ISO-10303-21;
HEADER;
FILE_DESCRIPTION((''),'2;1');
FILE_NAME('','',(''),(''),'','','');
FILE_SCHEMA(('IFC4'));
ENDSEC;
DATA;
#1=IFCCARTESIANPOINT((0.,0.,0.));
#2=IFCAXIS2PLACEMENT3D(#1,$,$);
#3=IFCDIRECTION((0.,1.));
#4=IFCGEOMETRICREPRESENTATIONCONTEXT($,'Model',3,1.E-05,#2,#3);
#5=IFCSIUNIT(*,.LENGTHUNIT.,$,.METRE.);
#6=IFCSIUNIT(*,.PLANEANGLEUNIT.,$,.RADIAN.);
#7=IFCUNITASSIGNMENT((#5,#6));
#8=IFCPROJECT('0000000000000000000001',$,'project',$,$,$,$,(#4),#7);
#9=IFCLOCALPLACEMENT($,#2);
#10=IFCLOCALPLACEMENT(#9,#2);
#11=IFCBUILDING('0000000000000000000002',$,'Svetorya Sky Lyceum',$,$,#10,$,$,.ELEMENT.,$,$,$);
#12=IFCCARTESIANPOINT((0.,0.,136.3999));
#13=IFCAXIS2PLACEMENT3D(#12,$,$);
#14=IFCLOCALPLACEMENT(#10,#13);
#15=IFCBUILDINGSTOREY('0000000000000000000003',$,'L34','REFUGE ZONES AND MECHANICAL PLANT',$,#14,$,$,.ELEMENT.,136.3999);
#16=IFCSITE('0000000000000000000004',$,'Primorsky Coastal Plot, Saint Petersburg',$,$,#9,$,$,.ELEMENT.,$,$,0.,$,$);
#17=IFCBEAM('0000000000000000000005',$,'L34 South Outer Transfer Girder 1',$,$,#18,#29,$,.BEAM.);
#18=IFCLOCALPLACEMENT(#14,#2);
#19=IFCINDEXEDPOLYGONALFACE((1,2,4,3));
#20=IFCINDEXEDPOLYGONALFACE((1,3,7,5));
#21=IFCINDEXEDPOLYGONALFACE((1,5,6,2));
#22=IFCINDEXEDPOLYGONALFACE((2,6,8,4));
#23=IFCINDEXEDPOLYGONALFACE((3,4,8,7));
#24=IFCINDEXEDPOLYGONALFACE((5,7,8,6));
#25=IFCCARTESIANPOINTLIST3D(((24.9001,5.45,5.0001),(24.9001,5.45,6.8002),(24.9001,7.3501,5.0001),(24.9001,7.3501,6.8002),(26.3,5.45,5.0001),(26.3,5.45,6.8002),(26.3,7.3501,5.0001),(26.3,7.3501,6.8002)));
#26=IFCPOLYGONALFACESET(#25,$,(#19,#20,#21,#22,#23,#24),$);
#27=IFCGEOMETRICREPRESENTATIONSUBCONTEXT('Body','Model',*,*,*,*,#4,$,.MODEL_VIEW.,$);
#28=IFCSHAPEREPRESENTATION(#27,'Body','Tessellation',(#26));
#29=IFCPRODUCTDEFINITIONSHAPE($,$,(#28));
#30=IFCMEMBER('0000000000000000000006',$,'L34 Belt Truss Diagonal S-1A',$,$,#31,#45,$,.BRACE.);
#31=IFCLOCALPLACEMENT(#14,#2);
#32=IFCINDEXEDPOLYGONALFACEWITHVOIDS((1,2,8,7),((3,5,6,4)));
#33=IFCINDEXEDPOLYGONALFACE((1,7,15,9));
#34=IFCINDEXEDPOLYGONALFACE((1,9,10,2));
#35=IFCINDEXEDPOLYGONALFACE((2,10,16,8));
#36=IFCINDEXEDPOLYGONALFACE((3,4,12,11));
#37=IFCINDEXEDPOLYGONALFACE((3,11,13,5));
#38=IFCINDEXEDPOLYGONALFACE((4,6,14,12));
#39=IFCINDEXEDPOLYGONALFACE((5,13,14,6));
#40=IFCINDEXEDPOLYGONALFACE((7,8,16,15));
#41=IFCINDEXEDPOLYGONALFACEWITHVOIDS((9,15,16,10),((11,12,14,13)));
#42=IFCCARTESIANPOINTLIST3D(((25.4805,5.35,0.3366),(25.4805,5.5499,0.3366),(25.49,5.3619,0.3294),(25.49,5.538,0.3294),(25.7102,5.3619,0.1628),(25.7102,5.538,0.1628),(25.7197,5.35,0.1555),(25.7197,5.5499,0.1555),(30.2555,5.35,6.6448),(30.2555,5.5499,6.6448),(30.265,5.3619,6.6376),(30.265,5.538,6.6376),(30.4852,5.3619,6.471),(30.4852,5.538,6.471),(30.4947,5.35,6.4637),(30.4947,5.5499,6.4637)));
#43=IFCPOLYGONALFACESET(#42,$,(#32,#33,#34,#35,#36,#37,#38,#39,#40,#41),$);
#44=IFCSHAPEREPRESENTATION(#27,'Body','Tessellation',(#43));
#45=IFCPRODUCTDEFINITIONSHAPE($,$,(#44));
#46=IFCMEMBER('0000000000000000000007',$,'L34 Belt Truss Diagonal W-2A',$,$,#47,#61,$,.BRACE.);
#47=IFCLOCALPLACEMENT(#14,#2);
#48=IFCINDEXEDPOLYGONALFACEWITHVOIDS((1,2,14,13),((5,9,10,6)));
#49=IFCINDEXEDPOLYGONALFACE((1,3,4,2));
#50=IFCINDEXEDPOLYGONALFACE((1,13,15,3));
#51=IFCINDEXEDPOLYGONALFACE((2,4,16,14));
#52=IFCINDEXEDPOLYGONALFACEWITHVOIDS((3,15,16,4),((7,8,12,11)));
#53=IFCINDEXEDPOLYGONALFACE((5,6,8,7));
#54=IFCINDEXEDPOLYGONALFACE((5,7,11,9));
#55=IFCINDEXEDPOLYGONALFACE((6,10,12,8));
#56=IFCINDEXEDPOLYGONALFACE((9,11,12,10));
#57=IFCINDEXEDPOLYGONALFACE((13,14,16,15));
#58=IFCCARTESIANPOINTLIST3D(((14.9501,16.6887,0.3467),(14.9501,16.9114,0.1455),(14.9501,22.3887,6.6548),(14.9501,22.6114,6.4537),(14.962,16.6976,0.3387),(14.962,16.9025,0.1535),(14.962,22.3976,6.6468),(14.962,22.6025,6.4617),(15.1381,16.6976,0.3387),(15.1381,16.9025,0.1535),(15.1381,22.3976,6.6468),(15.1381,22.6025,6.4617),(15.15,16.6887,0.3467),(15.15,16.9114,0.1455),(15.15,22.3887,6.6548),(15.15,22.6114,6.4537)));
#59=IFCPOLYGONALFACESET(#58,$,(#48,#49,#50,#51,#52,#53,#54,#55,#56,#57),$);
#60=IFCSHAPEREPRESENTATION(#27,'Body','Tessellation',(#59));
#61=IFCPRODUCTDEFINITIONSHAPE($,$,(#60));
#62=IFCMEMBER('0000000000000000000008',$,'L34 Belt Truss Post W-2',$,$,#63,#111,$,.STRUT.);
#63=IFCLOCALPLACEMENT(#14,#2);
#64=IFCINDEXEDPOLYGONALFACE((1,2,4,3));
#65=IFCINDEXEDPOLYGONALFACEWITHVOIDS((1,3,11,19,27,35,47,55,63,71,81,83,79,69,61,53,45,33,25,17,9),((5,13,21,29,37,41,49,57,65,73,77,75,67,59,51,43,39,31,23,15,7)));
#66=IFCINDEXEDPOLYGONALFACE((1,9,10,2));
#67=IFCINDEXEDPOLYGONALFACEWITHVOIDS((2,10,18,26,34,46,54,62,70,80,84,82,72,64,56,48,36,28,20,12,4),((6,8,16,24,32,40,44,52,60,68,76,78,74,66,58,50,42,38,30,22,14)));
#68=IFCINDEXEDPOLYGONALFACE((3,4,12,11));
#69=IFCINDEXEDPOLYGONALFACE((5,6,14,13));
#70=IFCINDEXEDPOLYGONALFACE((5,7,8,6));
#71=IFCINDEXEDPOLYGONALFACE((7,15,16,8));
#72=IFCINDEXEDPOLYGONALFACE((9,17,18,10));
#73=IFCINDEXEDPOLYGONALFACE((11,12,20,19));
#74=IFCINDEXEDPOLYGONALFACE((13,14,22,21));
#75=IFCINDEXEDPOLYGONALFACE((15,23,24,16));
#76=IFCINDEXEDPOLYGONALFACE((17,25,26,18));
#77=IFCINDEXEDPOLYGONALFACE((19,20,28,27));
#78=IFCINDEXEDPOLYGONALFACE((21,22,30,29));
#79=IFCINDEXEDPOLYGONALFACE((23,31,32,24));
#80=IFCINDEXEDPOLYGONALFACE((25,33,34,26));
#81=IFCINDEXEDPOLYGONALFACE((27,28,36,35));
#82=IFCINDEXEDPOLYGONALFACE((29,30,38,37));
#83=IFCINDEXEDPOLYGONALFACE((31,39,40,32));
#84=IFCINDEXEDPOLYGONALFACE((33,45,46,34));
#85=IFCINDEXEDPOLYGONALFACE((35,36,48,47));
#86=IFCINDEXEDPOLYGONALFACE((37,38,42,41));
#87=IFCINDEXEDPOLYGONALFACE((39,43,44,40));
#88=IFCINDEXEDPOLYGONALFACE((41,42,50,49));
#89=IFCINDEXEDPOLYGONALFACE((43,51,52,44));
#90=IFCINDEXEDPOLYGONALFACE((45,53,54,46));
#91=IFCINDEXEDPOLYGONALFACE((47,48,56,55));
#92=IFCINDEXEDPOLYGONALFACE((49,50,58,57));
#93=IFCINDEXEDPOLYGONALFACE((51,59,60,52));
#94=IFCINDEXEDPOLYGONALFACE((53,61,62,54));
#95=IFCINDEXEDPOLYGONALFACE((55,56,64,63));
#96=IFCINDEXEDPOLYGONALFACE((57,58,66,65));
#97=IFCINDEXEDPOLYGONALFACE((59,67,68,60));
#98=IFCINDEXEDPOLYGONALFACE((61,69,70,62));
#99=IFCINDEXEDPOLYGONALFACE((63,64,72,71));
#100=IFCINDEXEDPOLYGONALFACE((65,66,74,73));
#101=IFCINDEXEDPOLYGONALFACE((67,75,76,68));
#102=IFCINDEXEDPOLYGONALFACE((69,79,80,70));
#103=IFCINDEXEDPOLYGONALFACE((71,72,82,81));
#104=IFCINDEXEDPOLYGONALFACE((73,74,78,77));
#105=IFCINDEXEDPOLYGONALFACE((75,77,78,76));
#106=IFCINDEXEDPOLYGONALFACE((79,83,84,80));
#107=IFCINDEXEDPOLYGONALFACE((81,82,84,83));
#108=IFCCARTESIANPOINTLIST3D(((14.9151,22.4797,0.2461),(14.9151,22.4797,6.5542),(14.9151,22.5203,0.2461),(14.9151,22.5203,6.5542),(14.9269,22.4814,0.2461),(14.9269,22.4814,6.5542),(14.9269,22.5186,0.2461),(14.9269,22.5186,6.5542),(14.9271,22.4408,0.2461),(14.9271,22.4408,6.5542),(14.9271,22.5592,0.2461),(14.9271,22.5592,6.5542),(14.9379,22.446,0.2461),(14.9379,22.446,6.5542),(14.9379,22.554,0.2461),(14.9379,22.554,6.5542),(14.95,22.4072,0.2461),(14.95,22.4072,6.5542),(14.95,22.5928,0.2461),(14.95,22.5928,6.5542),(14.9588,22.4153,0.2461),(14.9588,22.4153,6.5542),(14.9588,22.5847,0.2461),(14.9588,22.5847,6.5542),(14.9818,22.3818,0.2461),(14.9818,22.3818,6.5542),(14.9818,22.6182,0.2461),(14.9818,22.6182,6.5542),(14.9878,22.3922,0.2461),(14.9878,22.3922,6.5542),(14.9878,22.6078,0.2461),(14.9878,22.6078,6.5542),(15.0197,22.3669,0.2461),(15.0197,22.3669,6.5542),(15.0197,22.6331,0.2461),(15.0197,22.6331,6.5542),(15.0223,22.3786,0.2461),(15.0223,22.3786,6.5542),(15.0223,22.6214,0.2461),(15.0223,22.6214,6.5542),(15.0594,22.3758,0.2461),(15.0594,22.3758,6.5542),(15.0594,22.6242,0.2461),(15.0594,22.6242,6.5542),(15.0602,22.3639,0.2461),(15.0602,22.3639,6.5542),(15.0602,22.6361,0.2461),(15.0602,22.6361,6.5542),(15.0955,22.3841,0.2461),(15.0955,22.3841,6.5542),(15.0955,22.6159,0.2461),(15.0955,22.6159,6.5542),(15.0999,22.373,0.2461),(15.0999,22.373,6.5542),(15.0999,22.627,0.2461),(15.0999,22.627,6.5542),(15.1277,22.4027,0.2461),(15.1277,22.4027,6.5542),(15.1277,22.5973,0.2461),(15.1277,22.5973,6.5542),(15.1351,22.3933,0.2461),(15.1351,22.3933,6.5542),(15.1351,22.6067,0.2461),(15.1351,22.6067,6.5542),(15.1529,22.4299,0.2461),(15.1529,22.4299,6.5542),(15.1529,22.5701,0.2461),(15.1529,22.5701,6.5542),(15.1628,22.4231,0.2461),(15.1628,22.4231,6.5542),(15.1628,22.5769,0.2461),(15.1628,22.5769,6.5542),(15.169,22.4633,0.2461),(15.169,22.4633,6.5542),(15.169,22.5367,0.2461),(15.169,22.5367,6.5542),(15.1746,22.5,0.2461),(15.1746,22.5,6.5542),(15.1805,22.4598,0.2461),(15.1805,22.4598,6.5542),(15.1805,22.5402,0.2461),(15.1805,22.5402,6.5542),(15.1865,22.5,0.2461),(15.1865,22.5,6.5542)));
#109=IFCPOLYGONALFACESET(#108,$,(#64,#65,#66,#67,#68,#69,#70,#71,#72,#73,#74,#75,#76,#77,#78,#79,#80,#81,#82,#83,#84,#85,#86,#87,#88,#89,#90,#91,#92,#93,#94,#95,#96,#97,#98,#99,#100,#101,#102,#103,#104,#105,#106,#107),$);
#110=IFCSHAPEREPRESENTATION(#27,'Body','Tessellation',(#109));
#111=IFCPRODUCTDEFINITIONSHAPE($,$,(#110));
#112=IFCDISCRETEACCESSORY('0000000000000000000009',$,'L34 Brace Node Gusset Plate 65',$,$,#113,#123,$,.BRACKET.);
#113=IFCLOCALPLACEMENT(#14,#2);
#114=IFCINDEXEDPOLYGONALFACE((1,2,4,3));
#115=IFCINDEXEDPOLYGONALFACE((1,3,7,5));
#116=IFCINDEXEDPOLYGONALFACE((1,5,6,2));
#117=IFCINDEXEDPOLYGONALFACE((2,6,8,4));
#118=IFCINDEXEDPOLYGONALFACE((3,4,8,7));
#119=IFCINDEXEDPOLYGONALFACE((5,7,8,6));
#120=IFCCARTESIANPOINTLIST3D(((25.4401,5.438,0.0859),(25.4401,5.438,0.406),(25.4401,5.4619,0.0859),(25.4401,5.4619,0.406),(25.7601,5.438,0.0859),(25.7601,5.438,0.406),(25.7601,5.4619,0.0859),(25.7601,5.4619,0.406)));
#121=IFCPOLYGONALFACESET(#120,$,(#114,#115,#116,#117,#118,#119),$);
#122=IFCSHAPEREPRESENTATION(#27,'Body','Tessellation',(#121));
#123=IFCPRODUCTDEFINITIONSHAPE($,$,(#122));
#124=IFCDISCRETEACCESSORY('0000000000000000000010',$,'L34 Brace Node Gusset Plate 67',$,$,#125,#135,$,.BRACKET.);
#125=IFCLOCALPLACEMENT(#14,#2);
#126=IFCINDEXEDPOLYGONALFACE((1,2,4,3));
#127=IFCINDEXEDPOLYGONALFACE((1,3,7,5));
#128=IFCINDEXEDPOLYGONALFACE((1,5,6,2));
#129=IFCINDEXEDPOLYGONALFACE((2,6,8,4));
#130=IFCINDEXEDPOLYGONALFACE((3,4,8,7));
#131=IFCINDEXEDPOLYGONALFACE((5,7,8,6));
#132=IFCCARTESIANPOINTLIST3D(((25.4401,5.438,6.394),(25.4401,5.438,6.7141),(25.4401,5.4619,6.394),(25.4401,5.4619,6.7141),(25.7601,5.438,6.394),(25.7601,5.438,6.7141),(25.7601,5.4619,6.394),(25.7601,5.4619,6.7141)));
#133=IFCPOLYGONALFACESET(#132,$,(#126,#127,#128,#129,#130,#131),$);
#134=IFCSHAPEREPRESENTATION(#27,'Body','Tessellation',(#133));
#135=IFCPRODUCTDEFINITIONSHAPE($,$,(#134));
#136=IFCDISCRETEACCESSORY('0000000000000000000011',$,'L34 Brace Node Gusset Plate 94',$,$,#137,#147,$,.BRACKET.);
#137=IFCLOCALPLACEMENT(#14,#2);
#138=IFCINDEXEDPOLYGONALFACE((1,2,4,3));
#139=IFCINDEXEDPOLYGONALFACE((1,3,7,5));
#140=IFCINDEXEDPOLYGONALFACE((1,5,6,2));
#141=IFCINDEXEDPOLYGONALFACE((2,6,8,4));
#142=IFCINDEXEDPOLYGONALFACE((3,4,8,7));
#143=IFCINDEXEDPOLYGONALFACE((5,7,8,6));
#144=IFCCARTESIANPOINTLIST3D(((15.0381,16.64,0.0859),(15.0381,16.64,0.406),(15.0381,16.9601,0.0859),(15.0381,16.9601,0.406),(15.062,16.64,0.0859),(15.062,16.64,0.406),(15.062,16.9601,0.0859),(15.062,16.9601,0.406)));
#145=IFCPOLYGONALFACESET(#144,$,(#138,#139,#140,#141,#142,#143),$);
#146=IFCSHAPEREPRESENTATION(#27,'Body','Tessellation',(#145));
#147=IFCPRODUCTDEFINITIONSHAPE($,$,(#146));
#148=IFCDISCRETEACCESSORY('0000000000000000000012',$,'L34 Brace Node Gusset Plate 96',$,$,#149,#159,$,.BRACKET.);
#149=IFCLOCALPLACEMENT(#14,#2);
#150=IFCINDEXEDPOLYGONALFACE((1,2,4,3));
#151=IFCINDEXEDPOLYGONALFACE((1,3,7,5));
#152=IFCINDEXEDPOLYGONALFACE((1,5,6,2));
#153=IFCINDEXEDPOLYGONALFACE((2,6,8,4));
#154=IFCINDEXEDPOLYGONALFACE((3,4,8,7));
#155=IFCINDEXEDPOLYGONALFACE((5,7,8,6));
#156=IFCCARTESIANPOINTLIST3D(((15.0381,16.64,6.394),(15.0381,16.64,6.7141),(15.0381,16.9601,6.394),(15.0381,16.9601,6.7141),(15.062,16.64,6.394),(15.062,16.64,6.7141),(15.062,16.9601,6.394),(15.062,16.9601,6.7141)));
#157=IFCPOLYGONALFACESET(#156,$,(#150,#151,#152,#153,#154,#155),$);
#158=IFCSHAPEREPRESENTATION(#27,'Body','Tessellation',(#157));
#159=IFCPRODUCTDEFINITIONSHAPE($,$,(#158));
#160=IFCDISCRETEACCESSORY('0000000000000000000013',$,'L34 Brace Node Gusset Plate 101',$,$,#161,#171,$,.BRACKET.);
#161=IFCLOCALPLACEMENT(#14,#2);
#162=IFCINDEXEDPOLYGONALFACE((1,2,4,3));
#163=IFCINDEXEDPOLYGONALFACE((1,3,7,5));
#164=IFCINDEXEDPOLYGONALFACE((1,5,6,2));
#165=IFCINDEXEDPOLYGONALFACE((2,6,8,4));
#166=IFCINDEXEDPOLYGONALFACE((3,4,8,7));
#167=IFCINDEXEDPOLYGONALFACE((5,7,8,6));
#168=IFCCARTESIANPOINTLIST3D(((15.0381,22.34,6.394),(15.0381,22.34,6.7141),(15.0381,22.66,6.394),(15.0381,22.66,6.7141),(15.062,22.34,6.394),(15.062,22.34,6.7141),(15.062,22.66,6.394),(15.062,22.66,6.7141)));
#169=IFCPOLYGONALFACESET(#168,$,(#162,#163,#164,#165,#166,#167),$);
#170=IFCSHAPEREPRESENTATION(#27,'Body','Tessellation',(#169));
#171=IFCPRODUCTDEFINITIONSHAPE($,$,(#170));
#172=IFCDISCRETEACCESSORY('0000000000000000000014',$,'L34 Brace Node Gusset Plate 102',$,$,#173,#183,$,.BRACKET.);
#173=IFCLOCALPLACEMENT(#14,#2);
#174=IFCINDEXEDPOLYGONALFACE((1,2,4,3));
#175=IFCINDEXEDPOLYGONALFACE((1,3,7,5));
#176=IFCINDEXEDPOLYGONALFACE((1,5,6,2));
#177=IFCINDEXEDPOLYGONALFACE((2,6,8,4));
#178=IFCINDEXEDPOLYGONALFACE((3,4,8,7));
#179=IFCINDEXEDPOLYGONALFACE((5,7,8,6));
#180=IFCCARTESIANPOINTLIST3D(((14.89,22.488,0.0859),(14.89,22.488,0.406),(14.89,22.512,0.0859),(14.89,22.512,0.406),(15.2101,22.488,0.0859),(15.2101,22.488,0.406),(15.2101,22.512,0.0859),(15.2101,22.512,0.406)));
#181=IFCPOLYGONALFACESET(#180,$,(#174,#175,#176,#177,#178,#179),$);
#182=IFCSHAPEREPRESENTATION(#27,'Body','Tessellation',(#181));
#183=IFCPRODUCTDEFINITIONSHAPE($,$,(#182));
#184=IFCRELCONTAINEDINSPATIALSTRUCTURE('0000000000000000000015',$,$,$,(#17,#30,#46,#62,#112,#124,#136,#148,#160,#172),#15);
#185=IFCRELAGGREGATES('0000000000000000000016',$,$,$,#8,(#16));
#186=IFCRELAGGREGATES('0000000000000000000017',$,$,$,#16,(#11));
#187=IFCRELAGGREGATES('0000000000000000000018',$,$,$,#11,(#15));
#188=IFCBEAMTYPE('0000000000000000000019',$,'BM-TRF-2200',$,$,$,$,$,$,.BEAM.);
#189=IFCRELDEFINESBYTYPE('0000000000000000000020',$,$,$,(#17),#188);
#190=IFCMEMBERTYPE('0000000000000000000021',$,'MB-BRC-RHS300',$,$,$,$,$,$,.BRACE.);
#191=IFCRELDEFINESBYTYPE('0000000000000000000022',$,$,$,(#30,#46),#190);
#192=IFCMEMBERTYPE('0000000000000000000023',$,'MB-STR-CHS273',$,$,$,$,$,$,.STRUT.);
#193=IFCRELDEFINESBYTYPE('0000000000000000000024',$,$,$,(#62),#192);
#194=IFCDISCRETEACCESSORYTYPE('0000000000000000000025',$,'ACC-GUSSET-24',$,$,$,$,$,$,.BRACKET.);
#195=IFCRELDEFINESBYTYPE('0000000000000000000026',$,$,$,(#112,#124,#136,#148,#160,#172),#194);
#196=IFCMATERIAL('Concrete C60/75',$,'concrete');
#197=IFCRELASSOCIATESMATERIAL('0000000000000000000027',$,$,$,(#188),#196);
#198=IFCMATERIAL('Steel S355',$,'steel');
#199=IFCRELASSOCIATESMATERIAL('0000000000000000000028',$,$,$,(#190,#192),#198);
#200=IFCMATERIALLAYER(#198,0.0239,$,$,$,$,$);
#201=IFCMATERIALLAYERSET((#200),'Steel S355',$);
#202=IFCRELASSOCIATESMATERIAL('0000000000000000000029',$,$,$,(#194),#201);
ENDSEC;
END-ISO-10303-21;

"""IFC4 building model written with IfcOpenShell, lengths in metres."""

from ifc_helpers import new_model, si_unit, direction, frame, origin, origin_2d, place, context, subcontext, project, spatial, rectangle, hollow_rectangle, hollow_circle, extrude, material, layer, layer_set, material_profile, profile_set, type_object, element, save


model = new_model("IFC4")

# Units and contexts
model_context = context("Model", 3, precision=1e-05, world=origin(), true_north=direction((0.0, 1.0)))
body_context = subcontext(model_context, "Body", "Model", "MODEL_VIEW")
ifc_project = project(units=[si_unit("LENGTHUNIT", "METRE"), si_unit("PLANEANGLEUNIT", "RADIAN")], contexts=[model_context])

# Site, building, storey
site_placement = place(None, origin())
site = spatial("IfcSite", under=ifc_project, at=site_placement, Name="Primorsky Coastal Plot, Saint Petersburg", CompositionType="ELEMENT", RefElevation=0.0)
building_placement = place(site_placement, origin())
building = spatial("IfcBuilding", under=site, at=building_placement, Name="Svetorya Sky Lyceum", CompositionType="ELEMENT")
storey_placement = place(building_placement, frame((0.0, 0.0, 136.3999)))
storey = spatial("IfcBuildingStorey", under=building, at=storey_placement, Name="L34", Description="REFUGE ZONES AND MECHANICAL PLANT", CompositionType="ELEMENT", Elevation=136.3999)

# Beam
ifc_material_1 = material(Name="Steel S355", Category="steel")
ifc_material_2 = material(Name="Concrete C60/75", Category="concrete")
ifc_material_profile_1 = material_profile(ifc_material_2, rectangle(XDim=1.3999, YDim=1.8, at=origin_2d()), Name="RC TRANSFER 1400x1800")
ifc_profile_set_1 = profile_set([ifc_material_profile_1], Name="Concrete C60/75")
beam_type_1 = type_object("IfcBeamType", Name="BM-TRF-2200", PredefinedType="BEAM", material=ifc_profile_set_1)
beam_1_placement = place(storey_placement, frame((25.6001, 5.45, 5.9001), z_axis=(0.0, 1.0, 0.0), x_axis=(-1.0, 0.0, 0.0)))
element("IfcBeam", 1, at=beam_1_placement, inside=storey, type_object=beam_type_1, Name="L34 South Outer Transfer Girder 1", PredefinedType="BEAM", context=body_context, shape_type="SweptSolid", body=[
    extrude(rectangle(XDim=1.3999, YDim=1.8, at=origin_2d()), origin(), (0.0, 0.0, 1.0), 1.9001),
])

# Members
ifc_material_profile_2 = material_profile(ifc_material_1, hollow_rectangle(XDim=0.2, YDim=0.3, WallThickness=0.012, at=origin_2d()), Name="RHS 300x200x12")
ifc_profile_set_2 = profile_set([ifc_material_profile_2], Name="Steel S355")
member_type_1 = type_object("IfcMemberType", Name="MB-BRC-RHS300", PredefinedType="BRACE", material=ifc_profile_set_2)
member_1_placement = place(storey_placement, frame((25.6001, 5.45, 0.2461), z_axis=(0.603539, 0.0, 0.797333), x_axis=(0.0, 1.0, 0.0)))
element("IfcMember", 2, at=member_1_placement, inside=storey, type_object=member_type_1, Name="L34 Belt Truss Diagonal S-1A", PredefinedType="BRACE", context=body_context, shape_type="SweptSolid", body=[
    extrude(hollow_rectangle(XDim=0.2, YDim=0.3, WallThickness=0.012, at=origin_2d()), origin(), (0.0, 0.0, 1.0), 7.9116),
])
member_2_placement = place(storey_placement, frame((15.05, 16.8, 0.2461), z_axis=(0.0, 0.670436, 0.741968), x_axis=(-1.0, 0.0, 0.0)))
element("IfcMember", 3, at=member_2_placement, inside=storey, type_object=member_type_1, Name="L34 Belt Truss Diagonal W-2A", PredefinedType="BRACE", context=body_context, shape_type="SweptSolid", body=[
    extrude(hollow_rectangle(XDim=0.2, YDim=0.3, WallThickness=0.012, at=origin_2d()), origin(), (0.0, 0.0, 1.0), 8.502),
])
ifc_material_profile_3 = material_profile(ifc_material_1, hollow_circle(Radius=0.1365, WallThickness=0.012, at=origin_2d()), Name="CHS 273x12")
ifc_profile_set_3 = profile_set([ifc_material_profile_3], Name="Steel S355")
member_type_2 = type_object("IfcMemberType", Name="MB-STR-CHS273", PredefinedType="STRUT", material=ifc_profile_set_3)
member_3_placement = place(storey_placement, frame((15.05, 22.5, 0.2461), z_axis=(0.0, 0.0, 1.0), x_axis=(1.0, 0.0, 0.0)))
element("IfcMember", 4, at=member_3_placement, inside=storey, type_object=member_type_2, Name="L34 Belt Truss Post W-2", PredefinedType="STRUT", context=body_context, shape_type="SweptSolid", body=[
    extrude(hollow_circle(Radius=0.1365, WallThickness=0.012, at=origin_2d()), origin(), (0.0, 0.0, 1.0), 6.3081),
])

# Discrete accessories
ifc_layer_1 = layer(ifc_material_1, 0.0239)
ifc_layer_set_1 = layer_set([ifc_layer_1], Name="Steel S355")
discrete_accessory_type = type_object("IfcDiscreteAccessoryType", Name="ACC-GUSSET-24", PredefinedType="BRACKET", material=ifc_layer_set_1)
for number, where, z_axis, x_axis, name in (
    (5, (25.6001, 5.45, 0.0859), (0.0, 0.0, 1.0), (1.0, 0.0, 0.0), "L34 Brace Node Gusset Plate 65"),
    (6, (25.6001, 5.45, 6.394), (0.0, 0.0, 1.0), (1.0, 0.0, 0.0), "L34 Brace Node Gusset Plate 67"),
):
    element("IfcDiscreteAccessory", number, at=place(storey_placement, frame(where, z_axis=z_axis, x_axis=x_axis)), inside=storey, type_object=discrete_accessory_type, Name=name, PredefinedType="BRACKET", context=body_context, shape_type="SweptSolid", body=[
        extrude(rectangle(XDim=0.3201, YDim=0.0239, at=origin_2d()), origin(), (0.0, 0.0, 1.0), 0.3201),
    ])
for number, where, z_axis, x_axis, name in (
    (7, (15.05, 16.8, 0.0859), (0.0, 0.0, 1.0), (1.0, 0.0, 0.0), "L34 Brace Node Gusset Plate 94"),
    (8, (15.05, 16.8, 6.394), (0.0, 0.0, 1.0), (1.0, 0.0, 0.0), "L34 Brace Node Gusset Plate 96"),
    (9, (15.05, 22.5, 6.394), (0.0, 0.0, 1.0), (1.0, 0.0, 0.0), "L34 Brace Node Gusset Plate 101"),
):
    element("IfcDiscreteAccessory", number, at=place(storey_placement, frame(where, z_axis=z_axis, x_axis=x_axis)), inside=storey, type_object=discrete_accessory_type, Name=name, PredefinedType="BRACKET", context=body_context, shape_type="SweptSolid", body=[
        extrude(rectangle(XDim=0.0239, YDim=0.3201, at=origin_2d()), origin(), (0.0, 0.0, 1.0), 0.3201),
    ])
discrete_accessory_placement = place(storey_placement, frame((15.05, 22.5, 0.0859), z_axis=(0.0, 0.0, 1.0), x_axis=(1.0, 0.0, 0.0)))
element("IfcDiscreteAccessory", 10, at=discrete_accessory_placement, inside=storey, type_object=discrete_accessory_type, Name="L34 Brace Node Gusset Plate 102", PredefinedType="BRACKET", context=body_context, shape_type="SweptSolid", body=[
    extrude(rectangle(XDim=0.3201, YDim=0.0239, at=origin_2d()), origin(), (0.0, 0.0, 1.0), 0.3201),
])

save(model, "model.ifc")
